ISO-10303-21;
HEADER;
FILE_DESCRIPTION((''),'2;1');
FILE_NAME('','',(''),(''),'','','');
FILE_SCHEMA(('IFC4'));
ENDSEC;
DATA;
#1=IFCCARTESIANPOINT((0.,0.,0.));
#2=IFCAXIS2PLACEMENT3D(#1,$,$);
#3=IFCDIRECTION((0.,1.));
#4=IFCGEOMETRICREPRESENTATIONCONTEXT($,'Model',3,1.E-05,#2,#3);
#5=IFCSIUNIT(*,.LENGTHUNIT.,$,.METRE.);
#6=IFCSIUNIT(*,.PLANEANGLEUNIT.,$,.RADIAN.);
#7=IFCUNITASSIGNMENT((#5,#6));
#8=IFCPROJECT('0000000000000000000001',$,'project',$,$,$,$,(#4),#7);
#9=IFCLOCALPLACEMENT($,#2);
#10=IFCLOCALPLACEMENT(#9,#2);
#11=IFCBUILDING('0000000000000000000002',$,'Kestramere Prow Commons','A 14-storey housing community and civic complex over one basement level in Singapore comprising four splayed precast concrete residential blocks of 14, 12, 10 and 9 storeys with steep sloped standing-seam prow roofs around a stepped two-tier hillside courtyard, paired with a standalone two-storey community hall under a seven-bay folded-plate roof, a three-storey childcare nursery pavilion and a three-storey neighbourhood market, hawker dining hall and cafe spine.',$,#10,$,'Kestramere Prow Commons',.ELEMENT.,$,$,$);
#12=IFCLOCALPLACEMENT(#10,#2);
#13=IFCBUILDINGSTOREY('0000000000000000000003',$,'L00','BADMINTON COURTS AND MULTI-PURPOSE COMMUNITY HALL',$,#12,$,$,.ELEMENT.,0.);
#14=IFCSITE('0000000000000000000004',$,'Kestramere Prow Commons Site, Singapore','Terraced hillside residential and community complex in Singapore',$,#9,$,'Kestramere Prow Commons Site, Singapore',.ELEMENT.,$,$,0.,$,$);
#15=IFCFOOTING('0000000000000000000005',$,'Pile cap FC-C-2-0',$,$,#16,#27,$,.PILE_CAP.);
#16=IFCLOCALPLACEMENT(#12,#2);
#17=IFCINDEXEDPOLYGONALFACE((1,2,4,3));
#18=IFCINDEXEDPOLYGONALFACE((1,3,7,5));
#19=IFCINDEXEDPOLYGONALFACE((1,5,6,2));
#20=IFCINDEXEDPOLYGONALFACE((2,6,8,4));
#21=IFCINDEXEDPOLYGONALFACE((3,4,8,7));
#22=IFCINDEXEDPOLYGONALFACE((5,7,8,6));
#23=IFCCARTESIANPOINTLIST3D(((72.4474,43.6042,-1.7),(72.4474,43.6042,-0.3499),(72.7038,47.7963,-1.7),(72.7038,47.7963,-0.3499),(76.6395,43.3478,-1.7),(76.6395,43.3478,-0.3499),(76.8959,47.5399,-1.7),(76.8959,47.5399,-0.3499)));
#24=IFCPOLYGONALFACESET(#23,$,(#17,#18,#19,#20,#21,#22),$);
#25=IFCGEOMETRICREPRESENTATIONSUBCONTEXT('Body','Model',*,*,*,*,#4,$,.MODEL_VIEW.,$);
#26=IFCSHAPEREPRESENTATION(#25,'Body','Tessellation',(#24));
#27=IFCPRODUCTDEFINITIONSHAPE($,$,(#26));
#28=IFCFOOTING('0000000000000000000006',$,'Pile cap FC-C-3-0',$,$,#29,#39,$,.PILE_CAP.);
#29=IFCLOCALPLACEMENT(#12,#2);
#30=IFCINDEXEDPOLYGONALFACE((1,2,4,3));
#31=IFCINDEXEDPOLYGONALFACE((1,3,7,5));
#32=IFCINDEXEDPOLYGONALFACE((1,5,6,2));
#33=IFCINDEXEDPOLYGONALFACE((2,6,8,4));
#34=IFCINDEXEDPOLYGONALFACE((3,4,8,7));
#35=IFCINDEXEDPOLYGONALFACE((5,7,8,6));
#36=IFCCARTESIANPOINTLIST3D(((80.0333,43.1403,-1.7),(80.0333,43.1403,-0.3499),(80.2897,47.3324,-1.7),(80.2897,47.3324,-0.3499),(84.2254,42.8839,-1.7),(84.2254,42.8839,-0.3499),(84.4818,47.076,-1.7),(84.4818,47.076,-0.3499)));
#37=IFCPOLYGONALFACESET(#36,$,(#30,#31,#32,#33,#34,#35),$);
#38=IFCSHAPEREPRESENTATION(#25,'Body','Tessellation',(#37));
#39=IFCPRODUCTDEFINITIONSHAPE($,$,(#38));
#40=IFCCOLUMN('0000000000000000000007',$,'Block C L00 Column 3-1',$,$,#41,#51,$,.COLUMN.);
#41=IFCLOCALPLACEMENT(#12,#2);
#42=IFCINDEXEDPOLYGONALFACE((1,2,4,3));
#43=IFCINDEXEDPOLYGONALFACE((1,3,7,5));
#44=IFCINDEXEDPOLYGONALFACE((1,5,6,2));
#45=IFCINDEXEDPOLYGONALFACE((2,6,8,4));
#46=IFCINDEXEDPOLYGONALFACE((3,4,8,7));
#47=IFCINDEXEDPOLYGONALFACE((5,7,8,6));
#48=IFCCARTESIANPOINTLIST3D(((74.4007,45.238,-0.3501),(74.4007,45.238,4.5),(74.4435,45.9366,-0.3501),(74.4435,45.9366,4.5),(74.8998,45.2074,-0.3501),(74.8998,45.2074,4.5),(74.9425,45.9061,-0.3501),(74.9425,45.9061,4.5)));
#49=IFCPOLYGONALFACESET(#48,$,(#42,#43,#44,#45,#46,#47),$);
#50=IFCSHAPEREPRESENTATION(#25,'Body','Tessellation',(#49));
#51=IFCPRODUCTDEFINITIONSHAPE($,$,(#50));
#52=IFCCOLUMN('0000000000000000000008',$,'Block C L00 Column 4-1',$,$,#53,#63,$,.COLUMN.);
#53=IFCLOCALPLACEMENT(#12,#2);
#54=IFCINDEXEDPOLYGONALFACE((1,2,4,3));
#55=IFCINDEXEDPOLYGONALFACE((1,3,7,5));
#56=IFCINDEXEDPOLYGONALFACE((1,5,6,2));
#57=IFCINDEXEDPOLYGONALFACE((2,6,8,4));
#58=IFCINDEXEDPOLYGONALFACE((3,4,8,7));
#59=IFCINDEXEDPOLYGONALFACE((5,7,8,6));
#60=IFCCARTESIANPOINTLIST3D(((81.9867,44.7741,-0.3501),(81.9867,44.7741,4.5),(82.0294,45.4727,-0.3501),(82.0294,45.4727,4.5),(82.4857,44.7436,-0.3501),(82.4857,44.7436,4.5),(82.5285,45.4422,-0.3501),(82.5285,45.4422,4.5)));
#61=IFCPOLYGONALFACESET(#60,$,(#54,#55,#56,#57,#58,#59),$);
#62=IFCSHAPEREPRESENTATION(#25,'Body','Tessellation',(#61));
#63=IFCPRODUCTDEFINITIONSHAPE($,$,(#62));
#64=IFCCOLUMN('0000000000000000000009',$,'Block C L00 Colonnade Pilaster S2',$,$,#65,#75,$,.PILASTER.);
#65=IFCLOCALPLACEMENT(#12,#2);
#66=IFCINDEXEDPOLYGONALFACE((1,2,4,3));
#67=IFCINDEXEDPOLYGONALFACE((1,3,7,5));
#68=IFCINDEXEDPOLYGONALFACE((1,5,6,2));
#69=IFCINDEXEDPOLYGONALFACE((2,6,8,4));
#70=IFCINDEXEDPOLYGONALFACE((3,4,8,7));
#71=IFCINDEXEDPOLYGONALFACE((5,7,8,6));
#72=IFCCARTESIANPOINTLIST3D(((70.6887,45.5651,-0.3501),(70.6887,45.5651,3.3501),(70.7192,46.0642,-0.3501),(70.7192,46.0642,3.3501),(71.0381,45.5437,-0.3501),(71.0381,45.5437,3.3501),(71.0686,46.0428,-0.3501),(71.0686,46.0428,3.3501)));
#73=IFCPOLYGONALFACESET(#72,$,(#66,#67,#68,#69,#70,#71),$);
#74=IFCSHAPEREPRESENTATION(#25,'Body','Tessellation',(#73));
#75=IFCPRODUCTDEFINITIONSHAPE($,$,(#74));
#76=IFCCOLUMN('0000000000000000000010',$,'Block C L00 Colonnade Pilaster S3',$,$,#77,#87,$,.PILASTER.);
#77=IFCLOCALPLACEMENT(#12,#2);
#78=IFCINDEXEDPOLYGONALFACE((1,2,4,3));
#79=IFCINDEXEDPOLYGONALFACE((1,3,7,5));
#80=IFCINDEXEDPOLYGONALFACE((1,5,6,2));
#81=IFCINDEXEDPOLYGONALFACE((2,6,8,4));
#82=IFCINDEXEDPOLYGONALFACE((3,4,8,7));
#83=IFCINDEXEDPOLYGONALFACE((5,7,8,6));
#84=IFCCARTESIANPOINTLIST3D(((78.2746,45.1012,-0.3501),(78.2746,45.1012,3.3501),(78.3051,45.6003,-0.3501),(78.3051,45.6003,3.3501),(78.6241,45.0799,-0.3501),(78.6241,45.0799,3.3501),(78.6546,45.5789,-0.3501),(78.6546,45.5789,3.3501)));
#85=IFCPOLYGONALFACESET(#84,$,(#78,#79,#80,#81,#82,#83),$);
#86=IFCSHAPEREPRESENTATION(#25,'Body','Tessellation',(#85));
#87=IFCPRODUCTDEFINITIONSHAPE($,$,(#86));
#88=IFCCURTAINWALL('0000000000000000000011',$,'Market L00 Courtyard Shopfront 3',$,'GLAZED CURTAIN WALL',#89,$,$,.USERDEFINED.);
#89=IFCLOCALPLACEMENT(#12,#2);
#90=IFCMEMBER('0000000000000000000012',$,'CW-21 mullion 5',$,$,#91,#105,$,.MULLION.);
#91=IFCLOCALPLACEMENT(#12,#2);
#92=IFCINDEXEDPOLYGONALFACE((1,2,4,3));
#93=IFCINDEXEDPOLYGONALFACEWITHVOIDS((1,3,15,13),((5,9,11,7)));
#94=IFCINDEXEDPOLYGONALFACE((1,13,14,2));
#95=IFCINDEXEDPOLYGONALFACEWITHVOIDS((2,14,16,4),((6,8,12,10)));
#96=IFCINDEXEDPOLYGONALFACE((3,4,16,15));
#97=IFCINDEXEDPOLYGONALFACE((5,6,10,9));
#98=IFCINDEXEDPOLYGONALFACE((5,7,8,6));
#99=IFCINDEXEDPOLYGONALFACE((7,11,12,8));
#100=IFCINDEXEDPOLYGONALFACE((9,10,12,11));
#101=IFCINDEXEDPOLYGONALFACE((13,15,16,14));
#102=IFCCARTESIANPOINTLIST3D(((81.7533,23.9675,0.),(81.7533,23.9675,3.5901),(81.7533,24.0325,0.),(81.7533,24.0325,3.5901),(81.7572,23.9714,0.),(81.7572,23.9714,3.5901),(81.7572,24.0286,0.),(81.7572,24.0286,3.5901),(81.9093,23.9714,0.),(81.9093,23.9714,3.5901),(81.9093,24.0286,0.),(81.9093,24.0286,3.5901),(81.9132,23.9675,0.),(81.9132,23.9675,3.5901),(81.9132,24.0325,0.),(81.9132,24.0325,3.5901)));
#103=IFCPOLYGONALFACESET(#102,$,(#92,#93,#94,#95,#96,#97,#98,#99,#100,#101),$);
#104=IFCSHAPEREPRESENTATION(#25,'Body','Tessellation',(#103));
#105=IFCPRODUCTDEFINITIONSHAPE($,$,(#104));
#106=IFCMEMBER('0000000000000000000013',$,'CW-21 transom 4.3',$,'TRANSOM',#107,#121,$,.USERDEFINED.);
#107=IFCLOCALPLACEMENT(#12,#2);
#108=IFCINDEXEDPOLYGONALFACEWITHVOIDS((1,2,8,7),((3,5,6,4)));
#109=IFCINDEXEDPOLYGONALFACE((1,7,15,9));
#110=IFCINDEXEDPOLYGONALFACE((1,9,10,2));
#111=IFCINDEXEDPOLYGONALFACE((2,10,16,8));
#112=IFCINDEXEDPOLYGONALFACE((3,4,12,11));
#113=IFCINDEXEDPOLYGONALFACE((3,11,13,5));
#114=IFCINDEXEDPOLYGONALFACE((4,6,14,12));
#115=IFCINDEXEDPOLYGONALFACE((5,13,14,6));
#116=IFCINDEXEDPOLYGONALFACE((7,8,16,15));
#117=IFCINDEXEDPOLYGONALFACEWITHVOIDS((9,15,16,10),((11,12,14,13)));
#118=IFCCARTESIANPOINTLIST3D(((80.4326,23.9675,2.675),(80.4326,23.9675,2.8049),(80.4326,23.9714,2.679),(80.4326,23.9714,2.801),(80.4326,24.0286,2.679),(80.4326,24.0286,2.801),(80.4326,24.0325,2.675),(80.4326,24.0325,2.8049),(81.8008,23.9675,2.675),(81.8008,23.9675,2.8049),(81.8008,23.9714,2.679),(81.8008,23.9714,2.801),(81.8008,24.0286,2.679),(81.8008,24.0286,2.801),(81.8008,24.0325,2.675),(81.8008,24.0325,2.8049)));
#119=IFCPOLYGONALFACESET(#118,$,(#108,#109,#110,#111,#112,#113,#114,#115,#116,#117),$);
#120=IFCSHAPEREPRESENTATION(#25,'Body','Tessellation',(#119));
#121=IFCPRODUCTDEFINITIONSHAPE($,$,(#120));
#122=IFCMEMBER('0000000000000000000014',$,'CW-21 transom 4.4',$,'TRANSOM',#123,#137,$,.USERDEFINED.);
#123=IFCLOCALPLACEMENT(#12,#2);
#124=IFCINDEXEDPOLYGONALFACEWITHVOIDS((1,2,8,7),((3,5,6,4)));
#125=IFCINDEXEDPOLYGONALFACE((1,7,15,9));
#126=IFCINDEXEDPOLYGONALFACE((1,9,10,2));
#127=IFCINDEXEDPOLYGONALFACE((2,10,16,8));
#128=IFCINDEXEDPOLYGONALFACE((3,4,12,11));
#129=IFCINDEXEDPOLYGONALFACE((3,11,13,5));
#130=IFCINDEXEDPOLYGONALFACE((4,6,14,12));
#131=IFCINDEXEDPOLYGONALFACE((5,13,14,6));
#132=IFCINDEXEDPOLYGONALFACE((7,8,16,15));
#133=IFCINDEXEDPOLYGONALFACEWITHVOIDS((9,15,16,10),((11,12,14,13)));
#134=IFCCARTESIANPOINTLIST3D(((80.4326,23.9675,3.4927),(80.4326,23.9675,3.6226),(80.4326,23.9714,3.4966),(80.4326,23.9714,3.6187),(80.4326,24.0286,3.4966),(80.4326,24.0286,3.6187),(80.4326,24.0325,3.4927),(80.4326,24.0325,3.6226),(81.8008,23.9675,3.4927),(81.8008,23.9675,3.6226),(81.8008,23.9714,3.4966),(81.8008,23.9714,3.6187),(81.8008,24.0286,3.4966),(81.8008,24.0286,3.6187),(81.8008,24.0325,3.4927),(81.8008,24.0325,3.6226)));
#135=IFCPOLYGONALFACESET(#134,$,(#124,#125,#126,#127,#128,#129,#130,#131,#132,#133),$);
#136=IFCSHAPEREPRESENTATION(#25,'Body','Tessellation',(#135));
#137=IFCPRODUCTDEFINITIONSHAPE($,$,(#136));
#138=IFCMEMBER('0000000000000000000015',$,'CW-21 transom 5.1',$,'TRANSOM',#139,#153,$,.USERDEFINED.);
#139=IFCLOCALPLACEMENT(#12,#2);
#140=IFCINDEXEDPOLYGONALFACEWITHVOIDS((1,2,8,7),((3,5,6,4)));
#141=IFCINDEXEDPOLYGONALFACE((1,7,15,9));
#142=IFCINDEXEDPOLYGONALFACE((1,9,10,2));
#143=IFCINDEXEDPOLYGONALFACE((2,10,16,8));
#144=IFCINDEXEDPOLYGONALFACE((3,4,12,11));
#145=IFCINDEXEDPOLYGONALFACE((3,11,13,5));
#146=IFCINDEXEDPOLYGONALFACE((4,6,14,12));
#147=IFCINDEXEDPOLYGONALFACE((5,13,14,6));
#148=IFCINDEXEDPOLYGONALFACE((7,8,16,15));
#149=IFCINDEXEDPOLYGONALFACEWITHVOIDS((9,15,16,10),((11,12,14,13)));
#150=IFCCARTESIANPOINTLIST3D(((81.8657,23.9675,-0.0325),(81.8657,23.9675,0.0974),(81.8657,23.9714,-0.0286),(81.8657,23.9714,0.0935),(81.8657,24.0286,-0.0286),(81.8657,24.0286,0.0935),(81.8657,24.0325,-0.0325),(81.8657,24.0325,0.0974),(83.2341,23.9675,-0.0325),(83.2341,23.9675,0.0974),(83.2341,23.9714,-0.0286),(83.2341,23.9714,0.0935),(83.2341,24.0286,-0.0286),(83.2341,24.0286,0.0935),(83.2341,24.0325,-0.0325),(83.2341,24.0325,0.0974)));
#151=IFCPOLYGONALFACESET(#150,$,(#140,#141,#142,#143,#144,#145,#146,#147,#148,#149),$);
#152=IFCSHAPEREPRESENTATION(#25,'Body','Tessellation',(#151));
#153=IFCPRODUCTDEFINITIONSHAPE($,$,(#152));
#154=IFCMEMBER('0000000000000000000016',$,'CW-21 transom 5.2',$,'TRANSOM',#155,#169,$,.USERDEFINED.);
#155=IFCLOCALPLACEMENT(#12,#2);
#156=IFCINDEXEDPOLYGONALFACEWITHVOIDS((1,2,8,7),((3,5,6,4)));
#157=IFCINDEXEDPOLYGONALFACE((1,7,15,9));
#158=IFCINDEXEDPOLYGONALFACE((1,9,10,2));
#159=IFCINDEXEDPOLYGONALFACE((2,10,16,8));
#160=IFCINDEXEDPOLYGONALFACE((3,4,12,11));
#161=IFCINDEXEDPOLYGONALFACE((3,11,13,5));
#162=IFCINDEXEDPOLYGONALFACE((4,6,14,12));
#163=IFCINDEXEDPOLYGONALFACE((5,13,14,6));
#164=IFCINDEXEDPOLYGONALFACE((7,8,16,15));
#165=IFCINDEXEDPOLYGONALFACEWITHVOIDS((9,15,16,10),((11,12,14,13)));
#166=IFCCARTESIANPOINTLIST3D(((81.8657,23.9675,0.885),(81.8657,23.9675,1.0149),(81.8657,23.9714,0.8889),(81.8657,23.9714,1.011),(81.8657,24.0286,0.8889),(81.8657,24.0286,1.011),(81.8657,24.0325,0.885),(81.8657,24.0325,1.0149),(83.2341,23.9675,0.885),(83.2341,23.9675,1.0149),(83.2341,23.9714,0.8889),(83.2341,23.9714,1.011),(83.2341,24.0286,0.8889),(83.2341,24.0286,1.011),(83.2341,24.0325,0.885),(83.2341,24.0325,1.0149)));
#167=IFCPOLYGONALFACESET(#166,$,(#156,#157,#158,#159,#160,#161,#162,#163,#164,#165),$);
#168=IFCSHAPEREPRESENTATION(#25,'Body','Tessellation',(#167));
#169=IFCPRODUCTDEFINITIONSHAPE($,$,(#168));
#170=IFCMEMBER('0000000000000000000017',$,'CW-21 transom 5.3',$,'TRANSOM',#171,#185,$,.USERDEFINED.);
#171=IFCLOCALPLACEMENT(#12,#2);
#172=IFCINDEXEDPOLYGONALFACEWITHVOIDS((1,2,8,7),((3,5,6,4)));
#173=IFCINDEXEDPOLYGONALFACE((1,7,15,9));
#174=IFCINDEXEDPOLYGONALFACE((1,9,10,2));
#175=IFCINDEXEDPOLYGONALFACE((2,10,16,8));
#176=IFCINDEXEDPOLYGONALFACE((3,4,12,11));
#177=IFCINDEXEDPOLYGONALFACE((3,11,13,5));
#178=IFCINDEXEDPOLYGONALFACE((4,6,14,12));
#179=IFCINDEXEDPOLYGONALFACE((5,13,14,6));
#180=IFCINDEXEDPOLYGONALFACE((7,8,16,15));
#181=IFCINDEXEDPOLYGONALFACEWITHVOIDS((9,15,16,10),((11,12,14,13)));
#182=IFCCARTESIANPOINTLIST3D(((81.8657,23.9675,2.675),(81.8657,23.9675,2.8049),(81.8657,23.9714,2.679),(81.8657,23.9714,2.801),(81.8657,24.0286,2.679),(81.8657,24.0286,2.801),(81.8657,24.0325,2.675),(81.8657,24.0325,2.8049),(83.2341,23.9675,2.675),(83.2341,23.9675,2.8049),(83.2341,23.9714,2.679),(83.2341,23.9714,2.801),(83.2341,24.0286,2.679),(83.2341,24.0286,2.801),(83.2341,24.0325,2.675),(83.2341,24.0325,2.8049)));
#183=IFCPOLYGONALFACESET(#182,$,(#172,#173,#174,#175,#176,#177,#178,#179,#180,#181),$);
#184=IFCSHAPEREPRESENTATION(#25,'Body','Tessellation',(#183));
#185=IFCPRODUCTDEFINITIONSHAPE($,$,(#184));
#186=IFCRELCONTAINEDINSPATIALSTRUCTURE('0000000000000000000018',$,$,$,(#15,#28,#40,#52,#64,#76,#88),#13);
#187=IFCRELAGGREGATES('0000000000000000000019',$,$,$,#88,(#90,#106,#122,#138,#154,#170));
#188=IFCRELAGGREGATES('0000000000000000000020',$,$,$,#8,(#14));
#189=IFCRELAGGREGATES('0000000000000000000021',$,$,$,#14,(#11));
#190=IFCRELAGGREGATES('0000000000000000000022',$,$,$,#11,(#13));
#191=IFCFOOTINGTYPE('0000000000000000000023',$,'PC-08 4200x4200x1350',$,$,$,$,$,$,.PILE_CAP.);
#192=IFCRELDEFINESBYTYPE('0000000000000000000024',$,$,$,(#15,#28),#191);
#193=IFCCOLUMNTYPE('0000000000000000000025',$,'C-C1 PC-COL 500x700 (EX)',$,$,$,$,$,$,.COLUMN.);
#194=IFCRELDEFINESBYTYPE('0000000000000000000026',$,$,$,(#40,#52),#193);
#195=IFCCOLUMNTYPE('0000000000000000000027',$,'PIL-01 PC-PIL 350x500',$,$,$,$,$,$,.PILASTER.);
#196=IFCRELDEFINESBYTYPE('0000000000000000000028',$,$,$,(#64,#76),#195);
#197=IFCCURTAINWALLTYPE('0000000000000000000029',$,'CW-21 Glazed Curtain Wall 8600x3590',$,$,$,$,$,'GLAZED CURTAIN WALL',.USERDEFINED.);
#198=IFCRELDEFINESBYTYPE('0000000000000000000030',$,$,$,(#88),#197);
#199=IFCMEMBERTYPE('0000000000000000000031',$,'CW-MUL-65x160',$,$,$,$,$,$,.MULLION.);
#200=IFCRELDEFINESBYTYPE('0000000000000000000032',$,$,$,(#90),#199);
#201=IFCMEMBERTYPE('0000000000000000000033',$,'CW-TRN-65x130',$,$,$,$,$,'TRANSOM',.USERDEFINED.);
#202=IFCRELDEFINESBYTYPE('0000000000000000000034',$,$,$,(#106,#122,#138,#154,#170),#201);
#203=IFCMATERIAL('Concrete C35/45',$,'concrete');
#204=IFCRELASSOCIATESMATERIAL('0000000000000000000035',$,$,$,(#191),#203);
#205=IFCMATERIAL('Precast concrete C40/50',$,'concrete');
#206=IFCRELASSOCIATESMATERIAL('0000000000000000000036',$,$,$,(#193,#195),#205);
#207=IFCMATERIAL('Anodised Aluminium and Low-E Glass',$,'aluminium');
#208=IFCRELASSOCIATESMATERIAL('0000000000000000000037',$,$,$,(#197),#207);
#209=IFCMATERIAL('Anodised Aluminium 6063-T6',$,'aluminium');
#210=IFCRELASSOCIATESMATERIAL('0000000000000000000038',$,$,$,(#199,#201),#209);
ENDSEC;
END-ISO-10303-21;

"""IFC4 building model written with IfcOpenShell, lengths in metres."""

from ifc_helpers import new_model, si_unit, direction, frame, origin, origin_2d, place, context, subcontext, project, spatial, rectangle, hollow_rectangle, extrude, material, material_profile, profile_set, type_object, element, aggregate, save


model = new_model("IFC4")

# Units and contexts
model_context = context("Model", 3, precision=1e-05, world=origin(), true_north=direction((0.0, 1.0)))
body_context = subcontext(model_context, "Body", "Model", "MODEL_VIEW")
ifc_project = project(units=[si_unit("LENGTHUNIT", "METRE"), si_unit("PLANEANGLEUNIT", "RADIAN")], contexts=[model_context])

# Site, building, storey
site_placement = place(None, origin())
site = spatial("IfcSite", under=ifc_project, at=site_placement, Name="Kestramere Prow Commons Site, Singapore", Description="Terraced hillside residential and community complex in Singapore", LongName="Kestramere Prow Commons Site, Singapore", CompositionType="ELEMENT", RefElevation=0.0)
building_placement = place(site_placement, origin())
building = spatial("IfcBuilding", under=site, at=building_placement, Name="Kestramere Prow Commons", Description="A 14-storey housing community and civic complex over one basement level in Singapore comprising four splayed precast concrete residential blocks of 14, 12, 10 and 9 storeys with steep sloped standing-seam prow roofs around a stepped two-tier hillside courtyard, paired with a standalone two-storey community hall under a seven-bay folded-plate roof, a three-storey childcare nursery pavilion and a three-storey neighbourhood market, hawker dining hall and cafe spine.", LongName="Kestramere Prow Commons", CompositionType="ELEMENT")
storey_placement = place(building_placement, origin())
storey = spatial("IfcBuildingStorey", under=building, at=storey_placement, Name="L00", Description="BADMINTON COURTS AND MULTI-PURPOSE COMMUNITY HALL", CompositionType="ELEMENT", Elevation=0.0)

# Shared definitions
ifc_material_1 = material(Name="Concrete C35/45", Category="concrete")

# Footings
footing_type_1 = type_object("IfcFootingType", Name="PC-08 4200x4200x1350", PredefinedType="PILE_CAP", material=ifc_material_1)
for number, where, z_axis, x_axis, name in (
    (1, (74.6716, 45.572, -1.7), (0.0, 0.0, 1.0), (0.998135, -0.061049, 0.0), "Pile cap FC-C-2-0"),
    (2, (82.2576, 45.1082, -1.7), (0.0, 0.0, 1.0), (0.998135, -0.061049, 0.0), "Pile cap FC-C-3-0"),
):
    element("IfcFooting", number, at=place(storey_placement, frame(where, z_axis=z_axis, x_axis=x_axis)), inside=storey, type_object=footing_type_1, Name=name, PredefinedType="PILE_CAP", context=body_context, shape_type="SweptSolid", body=[
        extrude(rectangle(XDim=4.2, YDim=4.2, at=origin_2d()), origin(), (0.0, 0.0, 1.0), 1.3501),
    ])

# Columns
ifc_material_2 = material(Name="Precast concrete C40/50", Category="concrete")
ifc_material_profile_1 = material_profile(ifc_material_2, rectangle(XDim=0.5, YDim=0.7, at=origin_2d()), Name="PC-COL 500x700")
ifc_profile_set_1 = profile_set([ifc_material_profile_1], Name="Precast concrete C40/50")
column_type_1 = type_object("IfcColumnType", Name="C-C1 PC-COL 500x700 (EX)", PredefinedType="COLUMN", material=ifc_profile_set_1)
for number, where, z_axis, x_axis, name in (
    (3, (74.6716, 45.572, -0.3501), (0.0, 0.0, 1.0), (0.998135, -0.061049, 0.0), "Block C L00 Column 3-1"),
    (4, (82.2576, 45.1082, -0.3501), (0.0, 0.0, 1.0), (0.998135, -0.061049, 0.0), "Block C L00 Column 4-1"),
):
    element("IfcColumn", number, at=place(storey_placement, frame(where, z_axis=z_axis, x_axis=x_axis)), inside=storey, type_object=column_type_1, Name=name, PredefinedType="COLUMN", context=body_context, shape_type="SweptSolid", body=[
        extrude(rectangle(XDim=0.5, YDim=0.7, at=origin_2d()), origin(), (0.0, 0.0, 1.0), 4.8501),
    ])
ifc_material_profile_2 = material_profile(ifc_material_2, rectangle(XDim=0.3501, YDim=0.5, at=origin_2d()), Name="PC-PIL 350x500")
ifc_profile_set_2 = profile_set([ifc_material_profile_2], Name="Precast concrete C40/50")
column_type_2 = type_object("IfcColumnType", Name="PIL-01 PC-PIL 350x500", PredefinedType="PILASTER", material=ifc_profile_set_2)
for number, where, z_axis, x_axis, name in (
    (5, (70.8787, 45.804, -0.3501), (0.0, 0.0, 1.0), (0.998135, -0.061049, 0.0), "Block C L00 Colonnade Pilaster S2"),
    (6, (78.4646, 45.3401, -0.3501), (0.0, 0.0, 1.0), (0.998135, -0.061049, 0.0), "Block C L00 Colonnade Pilaster S3"),
):
    element("IfcColumn", number, at=place(storey_placement, frame(where, z_axis=z_axis, x_axis=x_axis)), inside=storey, type_object=column_type_2, Name=name, PredefinedType="PILASTER", context=body_context, shape_type="SweptSolid", body=[
        extrude(rectangle(XDim=0.3501, YDim=0.5, at=origin_2d()), origin(), (0.0, 0.0, 1.0), 3.7002),
    ])

# Curtain wall, members
ifc_material_3 = material(Name="Anodised Aluminium and Low-E Glass", Category="aluminium")
curtain_wall_type = type_object("IfcCurtainWallType", Name="CW-21 Glazed Curtain Wall 8600x3590", ElementType="GLAZED CURTAIN WALL", PredefinedType="USERDEFINED", material=ifc_material_3)
curtain_wall_placement = place(storey_placement, origin())
curtain_wall = element("IfcCurtainWall", 7, at=curtain_wall_placement, inside=storey, type_object=curtain_wall_type, Name="Market L00 Courtyard Shopfront 3", ObjectType="GLAZED CURTAIN WALL", PredefinedType="USERDEFINED")
ifc_material_4 = material(Name="Anodised Aluminium 6063-T6", Category="aluminium")
ifc_material_profile_3 = material_profile(ifc_material_4, hollow_rectangle(XDim=0.0649, YDim=0.1599, WallThickness=0.0039, at=origin_2d()), Name="ALU-MUL 65x160")
ifc_profile_set_3 = profile_set([ifc_material_profile_3], Name="Anodised Aluminium 6063-T6")
member_type_1 = type_object("IfcMemberType", Name="CW-MUL-65x160", PredefinedType="MULLION", material=ifc_profile_set_3)
member_1_placement = place(storey_placement, frame((81.8333, 24.0, 0.0), z_axis=(0.0, 0.0, 1.0), x_axis=(0.0, 1.0, 0.0)))
member_1 = element("IfcMember", 8, at=member_1_placement, type_object=member_type_1, Name="CW-21 mullion 5", PredefinedType="MULLION", context=body_context, shape_type="SweptSolid", body=[
    extrude(hollow_rectangle(XDim=0.0649, YDim=0.1599, WallThickness=0.0039, at=origin_2d()), origin(), (0.0, 0.0, 1.0), 3.5901),
])
ifc_material_profile_4 = material_profile(ifc_material_4, hollow_rectangle(XDim=0.0649, YDim=0.1299, WallThickness=0.0039, at=origin_2d()), Name="ALU-TRN 65x130")
ifc_profile_set_4 = profile_set([ifc_material_profile_4], Name="Anodised Aluminium 6063-T6")
member_type_2 = type_object("IfcMemberType", Name="CW-TRN-65x130", ElementType="TRANSOM", PredefinedType="USERDEFINED", material=ifc_profile_set_4)
member_2_placement = place(storey_placement, frame((80.4326, 24.0, 2.74), z_axis=(1.0, 0.0, 0.0), x_axis=(0.0, 1.0, 0.0)))
member_2 = element("IfcMember", 9, at=member_2_placement, type_object=member_type_2, Name="CW-21 transom 4.3", ObjectType="TRANSOM", PredefinedType="USERDEFINED", context=body_context, shape_type="SweptSolid", body=[
    extrude(hollow_rectangle(XDim=0.0649, YDim=0.1299, WallThickness=0.0039, at=origin_2d()), origin(), (0.0, 0.0, 1.0), 1.3682),
])
member_3_placement = place(storey_placement, frame((80.4326, 24.0, 3.5576), z_axis=(1.0, 0.0, 0.0), x_axis=(0.0, 1.0, 0.0)))
member_3 = element("IfcMember", 10, at=member_3_placement, type_object=member_type_2, Name="CW-21 transom 4.4", ObjectType="TRANSOM", PredefinedType="USERDEFINED", context=body_context, shape_type="SweptSolid", body=[
    extrude(hollow_rectangle(XDim=0.0649, YDim=0.1299, WallThickness=0.0039, at=origin_2d()), origin(), (0.0, 0.0, 1.0), 1.3682),
])
member_4_placement = place(storey_placement, frame((81.8657, 24.0, 0.0325), z_axis=(1.0, 0.0, 0.0), x_axis=(0.0, 1.0, 0.0)))
member_4 = element("IfcMember", 11, at=member_4_placement, type_object=member_type_2, Name="CW-21 transom 5.1", ObjectType="TRANSOM", PredefinedType="USERDEFINED", context=body_context, shape_type="SweptSolid", body=[
    extrude(hollow_rectangle(XDim=0.0649, YDim=0.1299, WallThickness=0.0039, at=origin_2d()), origin(), (0.0, 0.0, 1.0), 1.3684),
])
member_5_placement = place(storey_placement, frame((81.8657, 24.0, 0.95), z_axis=(1.0, 0.0, 0.0), x_axis=(0.0, 1.0, 0.0)))
member_5 = element("IfcMember", 12, at=member_5_placement, type_object=member_type_2, Name="CW-21 transom 5.2", ObjectType="TRANSOM", PredefinedType="USERDEFINED", context=body_context, shape_type="SweptSolid", body=[
    extrude(hollow_rectangle(XDim=0.0649, YDim=0.1299, WallThickness=0.0039, at=origin_2d()), origin(), (0.0, 0.0, 1.0), 1.3684),
])
member_6_placement = place(storey_placement, frame((81.8657, 24.0, 2.74), z_axis=(1.0, 0.0, 0.0), x_axis=(0.0, 1.0, 0.0)))
member_6 = element("IfcMember", 13, at=member_6_placement, type_object=member_type_2, Name="CW-21 transom 5.3", ObjectType="TRANSOM", PredefinedType="USERDEFINED", context=body_context, shape_type="SweptSolid", body=[
    extrude(hollow_rectangle(XDim=0.0649, YDim=0.1299, WallThickness=0.0039, at=origin_2d()), origin(), (0.0, 0.0, 1.0), 1.3684),
])

aggregate(curtain_wall, [member_1, member_2, member_3, member_4, member_5, member_6])

save(model, "model.ifc")
